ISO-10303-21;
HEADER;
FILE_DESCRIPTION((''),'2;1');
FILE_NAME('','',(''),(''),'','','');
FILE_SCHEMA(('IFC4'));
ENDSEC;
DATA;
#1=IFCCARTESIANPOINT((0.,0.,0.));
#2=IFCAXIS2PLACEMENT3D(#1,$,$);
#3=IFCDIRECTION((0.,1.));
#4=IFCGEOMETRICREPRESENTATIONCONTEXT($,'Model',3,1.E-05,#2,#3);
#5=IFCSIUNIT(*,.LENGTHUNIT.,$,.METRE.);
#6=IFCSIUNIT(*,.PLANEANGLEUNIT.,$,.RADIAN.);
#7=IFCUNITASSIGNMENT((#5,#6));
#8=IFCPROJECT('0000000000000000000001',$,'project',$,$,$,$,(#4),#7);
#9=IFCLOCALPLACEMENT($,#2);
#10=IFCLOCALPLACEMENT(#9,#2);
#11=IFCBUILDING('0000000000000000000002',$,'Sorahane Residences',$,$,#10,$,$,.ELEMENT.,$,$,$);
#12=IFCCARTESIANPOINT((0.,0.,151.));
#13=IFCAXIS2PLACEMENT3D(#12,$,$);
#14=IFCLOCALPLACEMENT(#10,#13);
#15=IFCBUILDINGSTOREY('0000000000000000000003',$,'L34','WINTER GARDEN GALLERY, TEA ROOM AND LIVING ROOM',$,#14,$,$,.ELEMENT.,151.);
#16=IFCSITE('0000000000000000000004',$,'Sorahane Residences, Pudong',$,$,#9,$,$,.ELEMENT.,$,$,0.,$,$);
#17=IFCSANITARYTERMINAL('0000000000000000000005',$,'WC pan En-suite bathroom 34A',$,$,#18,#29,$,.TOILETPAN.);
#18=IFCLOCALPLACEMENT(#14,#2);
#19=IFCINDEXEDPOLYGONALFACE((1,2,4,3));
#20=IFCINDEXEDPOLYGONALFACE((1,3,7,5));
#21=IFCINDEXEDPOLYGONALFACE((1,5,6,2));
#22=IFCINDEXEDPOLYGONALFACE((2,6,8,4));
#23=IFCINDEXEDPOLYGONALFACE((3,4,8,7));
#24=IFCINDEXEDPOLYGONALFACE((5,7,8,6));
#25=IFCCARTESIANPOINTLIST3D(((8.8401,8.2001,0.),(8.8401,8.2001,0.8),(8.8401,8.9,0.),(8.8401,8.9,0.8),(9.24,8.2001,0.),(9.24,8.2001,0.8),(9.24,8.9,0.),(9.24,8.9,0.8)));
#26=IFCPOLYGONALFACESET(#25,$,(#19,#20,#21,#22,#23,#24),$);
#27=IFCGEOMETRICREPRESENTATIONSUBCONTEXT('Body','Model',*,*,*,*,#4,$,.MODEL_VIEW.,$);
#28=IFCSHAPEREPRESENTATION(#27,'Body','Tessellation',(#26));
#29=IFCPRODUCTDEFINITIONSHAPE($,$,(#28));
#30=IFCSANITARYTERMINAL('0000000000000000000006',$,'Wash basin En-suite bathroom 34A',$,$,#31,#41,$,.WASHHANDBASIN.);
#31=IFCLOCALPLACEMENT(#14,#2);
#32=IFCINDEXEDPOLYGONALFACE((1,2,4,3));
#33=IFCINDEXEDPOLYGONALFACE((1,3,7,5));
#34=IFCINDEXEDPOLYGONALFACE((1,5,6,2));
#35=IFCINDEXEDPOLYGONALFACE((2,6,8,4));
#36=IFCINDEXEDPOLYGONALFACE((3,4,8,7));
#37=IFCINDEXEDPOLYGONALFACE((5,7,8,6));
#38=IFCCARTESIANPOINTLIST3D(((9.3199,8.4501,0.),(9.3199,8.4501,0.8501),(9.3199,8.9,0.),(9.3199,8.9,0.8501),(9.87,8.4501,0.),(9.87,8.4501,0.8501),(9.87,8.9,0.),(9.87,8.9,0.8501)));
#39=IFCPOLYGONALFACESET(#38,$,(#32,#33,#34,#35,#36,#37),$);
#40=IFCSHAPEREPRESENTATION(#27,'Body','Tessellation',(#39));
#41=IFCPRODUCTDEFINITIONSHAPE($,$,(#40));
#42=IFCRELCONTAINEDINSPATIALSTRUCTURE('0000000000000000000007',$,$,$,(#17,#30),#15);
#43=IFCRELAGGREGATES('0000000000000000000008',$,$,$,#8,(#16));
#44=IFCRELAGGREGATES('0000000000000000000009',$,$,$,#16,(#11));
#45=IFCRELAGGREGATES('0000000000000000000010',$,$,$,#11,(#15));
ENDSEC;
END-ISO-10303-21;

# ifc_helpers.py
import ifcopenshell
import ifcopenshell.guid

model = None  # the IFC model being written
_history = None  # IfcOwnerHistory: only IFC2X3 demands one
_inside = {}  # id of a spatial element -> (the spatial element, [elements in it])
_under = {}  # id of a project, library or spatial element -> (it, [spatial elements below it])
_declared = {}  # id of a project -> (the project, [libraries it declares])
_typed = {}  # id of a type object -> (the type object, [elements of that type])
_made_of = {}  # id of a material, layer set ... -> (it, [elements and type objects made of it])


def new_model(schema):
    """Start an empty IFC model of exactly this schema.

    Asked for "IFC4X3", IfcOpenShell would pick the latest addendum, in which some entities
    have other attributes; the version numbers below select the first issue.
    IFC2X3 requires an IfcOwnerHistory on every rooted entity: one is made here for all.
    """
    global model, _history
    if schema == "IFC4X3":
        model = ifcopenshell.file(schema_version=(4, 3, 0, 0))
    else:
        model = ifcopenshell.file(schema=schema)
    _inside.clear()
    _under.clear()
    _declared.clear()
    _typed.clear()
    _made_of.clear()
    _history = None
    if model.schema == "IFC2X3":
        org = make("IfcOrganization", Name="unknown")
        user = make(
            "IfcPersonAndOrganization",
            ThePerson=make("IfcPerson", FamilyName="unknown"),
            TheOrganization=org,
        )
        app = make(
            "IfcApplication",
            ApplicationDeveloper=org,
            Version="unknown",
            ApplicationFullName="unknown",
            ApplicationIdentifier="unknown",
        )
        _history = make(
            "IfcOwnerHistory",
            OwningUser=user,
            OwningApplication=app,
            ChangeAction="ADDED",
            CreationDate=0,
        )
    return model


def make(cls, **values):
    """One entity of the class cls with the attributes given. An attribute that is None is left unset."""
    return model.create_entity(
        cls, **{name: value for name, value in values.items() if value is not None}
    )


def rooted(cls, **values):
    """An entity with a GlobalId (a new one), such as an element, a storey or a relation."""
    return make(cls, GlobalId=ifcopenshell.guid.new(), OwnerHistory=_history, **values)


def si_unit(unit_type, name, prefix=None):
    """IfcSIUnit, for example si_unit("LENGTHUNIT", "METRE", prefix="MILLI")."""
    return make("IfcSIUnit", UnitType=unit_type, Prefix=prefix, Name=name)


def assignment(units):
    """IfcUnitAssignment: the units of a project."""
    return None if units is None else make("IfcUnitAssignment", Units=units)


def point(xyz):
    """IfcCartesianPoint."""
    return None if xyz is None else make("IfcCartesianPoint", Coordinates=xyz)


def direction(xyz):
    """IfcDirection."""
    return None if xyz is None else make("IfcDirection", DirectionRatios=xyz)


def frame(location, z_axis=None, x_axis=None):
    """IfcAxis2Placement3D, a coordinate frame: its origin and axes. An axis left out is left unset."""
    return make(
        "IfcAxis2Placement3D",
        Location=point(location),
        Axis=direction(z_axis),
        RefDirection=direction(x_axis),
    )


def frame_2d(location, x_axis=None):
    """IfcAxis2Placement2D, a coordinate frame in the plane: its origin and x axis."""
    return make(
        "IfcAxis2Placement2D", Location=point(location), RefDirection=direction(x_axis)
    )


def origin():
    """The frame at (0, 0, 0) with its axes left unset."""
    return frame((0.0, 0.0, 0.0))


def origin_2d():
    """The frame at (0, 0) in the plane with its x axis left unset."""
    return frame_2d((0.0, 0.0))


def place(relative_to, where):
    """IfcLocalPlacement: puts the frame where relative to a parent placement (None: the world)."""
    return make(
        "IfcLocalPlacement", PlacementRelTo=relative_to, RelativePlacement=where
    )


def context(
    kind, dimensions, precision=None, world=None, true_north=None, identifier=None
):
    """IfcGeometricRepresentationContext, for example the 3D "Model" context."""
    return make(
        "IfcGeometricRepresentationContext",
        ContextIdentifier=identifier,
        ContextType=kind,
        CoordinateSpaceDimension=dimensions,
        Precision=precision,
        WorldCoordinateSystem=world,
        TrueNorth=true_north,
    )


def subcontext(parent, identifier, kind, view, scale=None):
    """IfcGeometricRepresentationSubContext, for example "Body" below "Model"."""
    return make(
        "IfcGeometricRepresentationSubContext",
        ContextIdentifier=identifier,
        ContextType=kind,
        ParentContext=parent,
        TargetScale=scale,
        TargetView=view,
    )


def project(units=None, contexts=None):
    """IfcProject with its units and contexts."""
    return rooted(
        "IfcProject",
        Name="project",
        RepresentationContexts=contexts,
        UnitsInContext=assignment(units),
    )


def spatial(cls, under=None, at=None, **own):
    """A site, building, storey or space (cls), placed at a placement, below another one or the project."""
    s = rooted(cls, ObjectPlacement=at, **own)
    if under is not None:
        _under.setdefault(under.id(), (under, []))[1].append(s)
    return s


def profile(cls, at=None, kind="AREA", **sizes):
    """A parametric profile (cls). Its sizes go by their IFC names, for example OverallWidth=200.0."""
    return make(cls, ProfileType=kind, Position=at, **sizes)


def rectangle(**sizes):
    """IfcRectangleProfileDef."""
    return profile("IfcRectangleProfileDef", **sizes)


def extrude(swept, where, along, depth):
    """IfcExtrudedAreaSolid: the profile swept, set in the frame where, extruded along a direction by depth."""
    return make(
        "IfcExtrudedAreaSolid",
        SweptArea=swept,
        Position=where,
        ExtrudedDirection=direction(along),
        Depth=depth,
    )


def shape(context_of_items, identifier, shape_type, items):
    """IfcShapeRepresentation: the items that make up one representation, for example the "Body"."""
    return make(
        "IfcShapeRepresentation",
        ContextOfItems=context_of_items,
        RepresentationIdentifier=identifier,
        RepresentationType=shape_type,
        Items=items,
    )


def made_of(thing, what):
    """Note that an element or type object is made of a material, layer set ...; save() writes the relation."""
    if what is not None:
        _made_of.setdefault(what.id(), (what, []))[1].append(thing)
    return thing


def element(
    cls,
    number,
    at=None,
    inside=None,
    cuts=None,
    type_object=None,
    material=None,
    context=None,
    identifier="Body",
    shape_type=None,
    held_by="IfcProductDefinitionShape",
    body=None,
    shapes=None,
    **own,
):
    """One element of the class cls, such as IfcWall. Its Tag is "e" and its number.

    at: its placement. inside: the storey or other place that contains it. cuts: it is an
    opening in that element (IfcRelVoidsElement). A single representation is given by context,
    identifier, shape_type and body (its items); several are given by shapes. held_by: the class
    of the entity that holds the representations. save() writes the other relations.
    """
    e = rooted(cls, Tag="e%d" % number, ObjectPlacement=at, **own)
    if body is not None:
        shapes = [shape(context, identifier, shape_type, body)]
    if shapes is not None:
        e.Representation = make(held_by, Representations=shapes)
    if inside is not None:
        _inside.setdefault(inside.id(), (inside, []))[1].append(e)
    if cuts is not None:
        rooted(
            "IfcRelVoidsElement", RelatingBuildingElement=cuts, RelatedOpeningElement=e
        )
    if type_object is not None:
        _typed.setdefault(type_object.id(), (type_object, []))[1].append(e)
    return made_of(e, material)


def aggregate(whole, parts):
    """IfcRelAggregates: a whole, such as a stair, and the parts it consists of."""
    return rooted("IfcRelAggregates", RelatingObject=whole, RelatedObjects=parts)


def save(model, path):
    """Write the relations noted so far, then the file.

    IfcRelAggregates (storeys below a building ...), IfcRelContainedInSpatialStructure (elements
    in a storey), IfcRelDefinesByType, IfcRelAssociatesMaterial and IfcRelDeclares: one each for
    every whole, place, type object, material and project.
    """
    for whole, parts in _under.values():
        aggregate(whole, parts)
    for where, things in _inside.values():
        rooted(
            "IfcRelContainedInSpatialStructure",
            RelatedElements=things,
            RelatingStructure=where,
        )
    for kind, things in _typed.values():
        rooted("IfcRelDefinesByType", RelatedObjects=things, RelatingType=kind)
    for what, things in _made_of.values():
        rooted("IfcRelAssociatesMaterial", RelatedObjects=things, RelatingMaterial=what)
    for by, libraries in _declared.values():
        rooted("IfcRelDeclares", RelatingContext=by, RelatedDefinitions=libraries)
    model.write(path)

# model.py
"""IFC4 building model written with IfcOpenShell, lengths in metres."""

from ifc_helpers import new_model, si_unit, direction, frame, origin, origin_2d, place, context, subcontext, project, spatial, rectangle, extrude, element, save


model = new_model("IFC4")

# Units and contexts
model_context = context("Model", 3, precision=1e-05, world=origin(), true_north=direction((0.0, 1.0)))
body_context = subcontext(model_context, "Body", "Model", "MODEL_VIEW")
ifc_project = project(units=[si_unit("LENGTHUNIT", "METRE"), si_unit("PLANEANGLEUNIT", "RADIAN")], contexts=[model_context])

# Site, building, storey
site_placement = place(None, origin())
site = spatial("IfcSite", under=ifc_project, at=site_placement, Name="Sorahane Residences, Pudong", CompositionType="ELEMENT", RefElevation=0.0)
building_placement = place(site_placement, origin())
building = spatial("IfcBuilding", under=site, at=building_placement, Name="Sorahane Residences", CompositionType="ELEMENT")
storey_placement = place(building_placement, frame((0.0, 0.0, 151.0)))
storey = spatial("IfcBuildingStorey", under=building, at=storey_placement, Name="L34", Description="WINTER GARDEN GALLERY, TEA ROOM AND LIVING ROOM", CompositionType="ELEMENT", Elevation=151.0)

# Sanitary terminals
sanitary_terminal_1_placement = place(storey_placement, frame((9.04, 8.55, 0.0), z_axis=(0.0, 0.0, 1.0), x_axis=(1.0, 0.0, 0.0)))
element("IfcSanitaryTerminal", 1, at=sanitary_terminal_1_placement, inside=storey, Name="WC pan En-suite bathroom 34A", PredefinedType="TOILETPAN", context=body_context, shape_type="SweptSolid", body=[
    extrude(rectangle(XDim=0.3999, YDim=0.7, at=origin_2d()), origin(), (0.0, 0.0, 1.0), 0.8),
])
sanitary_terminal_2_placement = place(storey_placement, frame((9.595, 8.675, 0.0), z_axis=(0.0, 0.0, 1.0), x_axis=(1.0, 0.0, 0.0)))
element("IfcSanitaryTerminal", 2, at=sanitary_terminal_2_placement, inside=storey, Name="Wash basin En-suite bathroom 34A", PredefinedType="WASHHANDBASIN", context=body_context, shape_type="SweptSolid", body=[
    extrude(rectangle(XDim=0.55, YDim=0.45, at=origin_2d()), origin(), (0.0, 0.0, 1.0), 0.8501),
])

save(model, "model.ifc")
